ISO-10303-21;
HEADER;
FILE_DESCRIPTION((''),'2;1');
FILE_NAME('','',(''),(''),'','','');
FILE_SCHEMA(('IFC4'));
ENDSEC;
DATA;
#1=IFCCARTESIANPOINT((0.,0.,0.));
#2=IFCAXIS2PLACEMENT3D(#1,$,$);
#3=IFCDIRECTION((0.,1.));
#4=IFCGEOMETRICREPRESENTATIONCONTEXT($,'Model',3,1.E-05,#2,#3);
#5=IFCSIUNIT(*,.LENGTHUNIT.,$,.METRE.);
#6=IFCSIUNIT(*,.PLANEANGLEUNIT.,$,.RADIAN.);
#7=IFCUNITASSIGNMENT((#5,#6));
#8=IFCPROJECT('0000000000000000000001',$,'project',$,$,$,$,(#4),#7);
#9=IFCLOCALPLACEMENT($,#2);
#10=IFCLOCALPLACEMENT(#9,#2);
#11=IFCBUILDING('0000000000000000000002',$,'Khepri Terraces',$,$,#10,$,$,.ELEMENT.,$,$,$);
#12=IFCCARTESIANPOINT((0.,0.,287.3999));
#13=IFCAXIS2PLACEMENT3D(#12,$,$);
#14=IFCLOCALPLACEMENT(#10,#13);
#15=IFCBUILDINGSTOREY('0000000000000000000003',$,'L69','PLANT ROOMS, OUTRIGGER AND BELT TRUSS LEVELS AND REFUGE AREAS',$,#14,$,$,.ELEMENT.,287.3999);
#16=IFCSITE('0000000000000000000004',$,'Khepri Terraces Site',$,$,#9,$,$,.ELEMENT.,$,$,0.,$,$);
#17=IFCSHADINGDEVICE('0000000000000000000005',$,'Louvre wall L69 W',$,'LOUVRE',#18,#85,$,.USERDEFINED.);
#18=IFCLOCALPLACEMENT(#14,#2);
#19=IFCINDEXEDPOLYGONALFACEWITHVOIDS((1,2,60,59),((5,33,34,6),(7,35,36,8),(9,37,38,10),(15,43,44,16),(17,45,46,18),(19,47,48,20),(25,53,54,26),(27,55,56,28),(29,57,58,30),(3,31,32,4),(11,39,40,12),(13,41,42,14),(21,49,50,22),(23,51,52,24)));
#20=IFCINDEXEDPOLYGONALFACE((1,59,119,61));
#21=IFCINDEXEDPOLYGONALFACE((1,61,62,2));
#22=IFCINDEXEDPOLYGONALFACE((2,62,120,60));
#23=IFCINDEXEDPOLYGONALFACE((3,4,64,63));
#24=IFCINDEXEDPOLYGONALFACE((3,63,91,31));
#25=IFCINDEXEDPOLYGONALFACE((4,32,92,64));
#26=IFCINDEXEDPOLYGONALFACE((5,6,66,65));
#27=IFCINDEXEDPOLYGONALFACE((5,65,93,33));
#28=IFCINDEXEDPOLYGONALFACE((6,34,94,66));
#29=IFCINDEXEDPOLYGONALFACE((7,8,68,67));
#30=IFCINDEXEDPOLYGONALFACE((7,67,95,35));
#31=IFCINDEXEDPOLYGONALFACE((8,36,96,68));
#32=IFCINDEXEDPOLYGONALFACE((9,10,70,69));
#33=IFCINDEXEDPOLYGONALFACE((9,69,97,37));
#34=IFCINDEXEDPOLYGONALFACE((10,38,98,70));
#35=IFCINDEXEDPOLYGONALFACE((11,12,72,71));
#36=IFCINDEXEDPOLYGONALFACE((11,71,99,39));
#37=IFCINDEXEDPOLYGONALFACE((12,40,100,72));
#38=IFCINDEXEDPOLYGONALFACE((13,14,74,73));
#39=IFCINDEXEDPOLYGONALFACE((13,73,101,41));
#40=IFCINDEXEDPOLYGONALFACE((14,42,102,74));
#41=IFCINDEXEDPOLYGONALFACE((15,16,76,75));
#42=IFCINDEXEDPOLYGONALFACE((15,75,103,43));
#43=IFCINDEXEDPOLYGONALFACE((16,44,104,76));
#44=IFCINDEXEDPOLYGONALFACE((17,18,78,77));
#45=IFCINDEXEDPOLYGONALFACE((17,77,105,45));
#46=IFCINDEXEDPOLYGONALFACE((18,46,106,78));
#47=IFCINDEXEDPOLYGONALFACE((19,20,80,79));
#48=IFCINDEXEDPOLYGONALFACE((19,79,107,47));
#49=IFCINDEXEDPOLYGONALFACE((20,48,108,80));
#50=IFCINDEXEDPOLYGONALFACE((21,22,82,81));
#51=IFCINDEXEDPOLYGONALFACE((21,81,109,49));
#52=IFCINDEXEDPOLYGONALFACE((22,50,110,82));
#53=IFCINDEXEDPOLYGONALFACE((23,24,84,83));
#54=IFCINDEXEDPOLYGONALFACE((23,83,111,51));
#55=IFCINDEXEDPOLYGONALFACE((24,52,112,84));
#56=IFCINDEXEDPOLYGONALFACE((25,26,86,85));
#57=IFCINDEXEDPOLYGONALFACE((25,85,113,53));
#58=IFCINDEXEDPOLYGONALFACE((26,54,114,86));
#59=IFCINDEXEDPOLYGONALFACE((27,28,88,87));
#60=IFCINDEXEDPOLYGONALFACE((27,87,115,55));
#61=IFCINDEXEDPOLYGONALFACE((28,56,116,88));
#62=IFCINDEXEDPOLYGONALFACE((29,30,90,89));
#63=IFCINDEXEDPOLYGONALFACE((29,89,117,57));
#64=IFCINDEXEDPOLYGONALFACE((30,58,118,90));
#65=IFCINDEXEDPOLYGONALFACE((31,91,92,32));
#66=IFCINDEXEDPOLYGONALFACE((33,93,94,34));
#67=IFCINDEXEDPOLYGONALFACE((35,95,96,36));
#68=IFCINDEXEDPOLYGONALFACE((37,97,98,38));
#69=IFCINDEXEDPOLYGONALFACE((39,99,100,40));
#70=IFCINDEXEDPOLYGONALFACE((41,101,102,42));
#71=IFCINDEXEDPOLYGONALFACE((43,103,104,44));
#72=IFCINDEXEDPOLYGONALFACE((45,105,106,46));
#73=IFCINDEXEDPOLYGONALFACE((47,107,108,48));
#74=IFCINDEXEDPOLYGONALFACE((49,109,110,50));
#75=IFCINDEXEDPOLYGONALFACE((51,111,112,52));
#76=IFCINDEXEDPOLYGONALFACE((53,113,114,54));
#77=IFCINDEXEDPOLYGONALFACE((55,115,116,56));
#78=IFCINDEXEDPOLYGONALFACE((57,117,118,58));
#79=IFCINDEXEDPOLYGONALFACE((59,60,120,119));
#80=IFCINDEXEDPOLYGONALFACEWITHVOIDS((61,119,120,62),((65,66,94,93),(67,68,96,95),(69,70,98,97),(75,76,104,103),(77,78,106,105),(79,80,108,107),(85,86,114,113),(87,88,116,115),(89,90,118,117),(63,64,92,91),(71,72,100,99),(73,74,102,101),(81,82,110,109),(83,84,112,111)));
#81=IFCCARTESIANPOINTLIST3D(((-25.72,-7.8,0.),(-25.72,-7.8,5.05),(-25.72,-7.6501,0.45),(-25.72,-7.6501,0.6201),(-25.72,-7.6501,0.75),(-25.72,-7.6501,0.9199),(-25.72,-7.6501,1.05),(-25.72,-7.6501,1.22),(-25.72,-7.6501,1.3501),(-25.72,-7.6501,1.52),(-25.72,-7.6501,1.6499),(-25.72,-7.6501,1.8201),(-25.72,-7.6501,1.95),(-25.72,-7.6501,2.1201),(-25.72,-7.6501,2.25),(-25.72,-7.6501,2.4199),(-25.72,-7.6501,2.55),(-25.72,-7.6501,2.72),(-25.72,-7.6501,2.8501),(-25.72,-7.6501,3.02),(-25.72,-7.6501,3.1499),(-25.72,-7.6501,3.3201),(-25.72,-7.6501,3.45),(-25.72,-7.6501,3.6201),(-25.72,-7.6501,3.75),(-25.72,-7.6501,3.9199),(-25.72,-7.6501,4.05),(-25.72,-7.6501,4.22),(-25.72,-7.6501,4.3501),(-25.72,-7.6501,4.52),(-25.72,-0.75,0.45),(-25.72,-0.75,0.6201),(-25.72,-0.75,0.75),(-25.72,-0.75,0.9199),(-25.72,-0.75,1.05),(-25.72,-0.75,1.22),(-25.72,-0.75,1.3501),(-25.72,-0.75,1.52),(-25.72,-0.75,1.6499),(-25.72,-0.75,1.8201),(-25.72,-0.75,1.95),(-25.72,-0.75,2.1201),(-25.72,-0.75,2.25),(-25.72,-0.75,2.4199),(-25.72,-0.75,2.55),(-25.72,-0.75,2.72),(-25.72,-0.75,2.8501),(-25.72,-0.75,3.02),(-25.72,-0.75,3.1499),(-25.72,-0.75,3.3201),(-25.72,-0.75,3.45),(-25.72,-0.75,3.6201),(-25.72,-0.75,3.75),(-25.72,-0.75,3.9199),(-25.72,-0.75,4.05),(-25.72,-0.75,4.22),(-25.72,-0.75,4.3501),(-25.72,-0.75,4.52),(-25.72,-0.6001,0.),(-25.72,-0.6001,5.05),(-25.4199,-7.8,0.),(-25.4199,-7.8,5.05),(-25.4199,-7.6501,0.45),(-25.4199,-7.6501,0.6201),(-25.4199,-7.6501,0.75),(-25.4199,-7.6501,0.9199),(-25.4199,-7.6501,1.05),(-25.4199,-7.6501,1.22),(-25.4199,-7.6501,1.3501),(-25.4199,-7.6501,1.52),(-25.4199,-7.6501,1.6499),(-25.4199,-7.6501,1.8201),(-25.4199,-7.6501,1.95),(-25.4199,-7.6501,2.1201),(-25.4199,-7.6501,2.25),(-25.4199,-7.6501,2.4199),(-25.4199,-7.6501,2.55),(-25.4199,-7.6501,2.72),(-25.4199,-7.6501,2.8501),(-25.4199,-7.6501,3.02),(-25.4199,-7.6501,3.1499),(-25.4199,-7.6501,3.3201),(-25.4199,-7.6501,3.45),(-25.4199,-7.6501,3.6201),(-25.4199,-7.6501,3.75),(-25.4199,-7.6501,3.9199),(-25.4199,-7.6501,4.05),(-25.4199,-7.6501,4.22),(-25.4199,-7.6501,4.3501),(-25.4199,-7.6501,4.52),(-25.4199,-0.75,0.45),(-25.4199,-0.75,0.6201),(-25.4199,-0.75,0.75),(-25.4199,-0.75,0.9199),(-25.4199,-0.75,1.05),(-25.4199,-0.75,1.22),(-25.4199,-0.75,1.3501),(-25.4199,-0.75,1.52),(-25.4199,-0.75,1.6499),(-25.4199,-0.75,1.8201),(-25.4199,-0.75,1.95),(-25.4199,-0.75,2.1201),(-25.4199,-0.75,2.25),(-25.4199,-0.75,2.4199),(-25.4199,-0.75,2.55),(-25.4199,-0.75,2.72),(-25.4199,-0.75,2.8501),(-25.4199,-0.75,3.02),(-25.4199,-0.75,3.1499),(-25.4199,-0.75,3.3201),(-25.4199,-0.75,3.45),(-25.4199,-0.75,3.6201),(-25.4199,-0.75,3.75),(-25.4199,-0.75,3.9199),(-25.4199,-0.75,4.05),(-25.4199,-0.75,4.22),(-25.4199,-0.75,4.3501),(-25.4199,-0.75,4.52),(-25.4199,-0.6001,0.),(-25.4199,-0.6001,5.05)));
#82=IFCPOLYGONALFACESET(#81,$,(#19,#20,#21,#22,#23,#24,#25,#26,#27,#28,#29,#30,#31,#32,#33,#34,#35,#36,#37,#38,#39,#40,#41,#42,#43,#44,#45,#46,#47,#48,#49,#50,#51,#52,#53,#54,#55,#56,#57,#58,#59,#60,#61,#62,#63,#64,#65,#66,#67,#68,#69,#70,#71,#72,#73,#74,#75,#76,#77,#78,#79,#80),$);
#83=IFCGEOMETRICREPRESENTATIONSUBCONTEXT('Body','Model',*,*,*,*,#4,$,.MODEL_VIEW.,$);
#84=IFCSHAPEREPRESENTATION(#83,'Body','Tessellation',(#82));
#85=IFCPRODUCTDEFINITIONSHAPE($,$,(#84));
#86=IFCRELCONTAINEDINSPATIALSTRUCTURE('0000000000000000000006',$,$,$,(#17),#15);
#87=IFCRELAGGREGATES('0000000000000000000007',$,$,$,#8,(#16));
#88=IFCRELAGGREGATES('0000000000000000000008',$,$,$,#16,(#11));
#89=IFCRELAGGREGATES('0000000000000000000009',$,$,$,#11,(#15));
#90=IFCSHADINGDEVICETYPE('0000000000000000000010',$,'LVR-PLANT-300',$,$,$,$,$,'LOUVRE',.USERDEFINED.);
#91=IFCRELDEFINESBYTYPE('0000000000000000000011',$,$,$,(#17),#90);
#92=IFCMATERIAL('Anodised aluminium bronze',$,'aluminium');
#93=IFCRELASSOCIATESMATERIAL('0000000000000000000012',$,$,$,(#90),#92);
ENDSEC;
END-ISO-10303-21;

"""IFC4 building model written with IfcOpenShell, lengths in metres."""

from ifc_helpers import new_model, si_unit, direction, frame, origin, place, context, subcontext, project, spatial, polyline, outline, extrude, material, type_object, element, save


model = new_model("IFC4")

# Units and contexts
model_context = context("Model", 3, precision=1e-05, world=origin(), true_north=direction((0.0, 1.0)))
body_context = subcontext(model_context, "Body", "Model", "MODEL_VIEW")
ifc_project = project(units=[si_unit("LENGTHUNIT", "METRE"), si_unit("PLANEANGLEUNIT", "RADIAN")], contexts=[model_context])

# Site, building, storey
site_placement = place(None, origin())
site = spatial("IfcSite", under=ifc_project, at=site_placement, Name="Khepri Terraces Site", CompositionType="ELEMENT", RefElevation=0.0)
building_placement = place(site_placement, origin())
building = spatial("IfcBuilding", under=site, at=building_placement, Name="Khepri Terraces", CompositionType="ELEMENT")
storey_placement = place(building_placement, frame((0.0, 0.0, 287.3999)))
storey = spatial("IfcBuildingStorey", under=building, at=storey_placement, Name="L69", Description="PLANT ROOMS, OUTRIGGER AND BELT TRUSS LEVELS AND REFUGE AREAS", CompositionType="ELEMENT", Elevation=287.3999)

# Shading device
ifc_material_1 = material(Name="Anodised aluminium bronze", Category="aluminium")
shading_device_type = type_object("IfcShadingDeviceType", Name="LVR-PLANT-300", ElementType="LOUVRE", PredefinedType="USERDEFINED", material=ifc_material_1)
shading_device_1_placement = place(storey_placement, frame((-25.4199, -0.6001, 0.0), z_axis=(-1.0, 0.0, 0.0), x_axis=(0.0, -1.0, 0.0)))
element("IfcShadingDevice", 1, at=shading_device_1_placement, inside=storey, type_object=shading_device_type, Name="Louvre wall L69 W", ObjectType="LOUVRE", PredefinedType="USERDEFINED", context=body_context, shape_type="SweptSolid", body=[
    extrude(outline(polyline([(0.0, 0.0), (7.2, 0.0), (7.2, 5.05), (0.0, 5.05), (0.0, 0.0)]), holes=[polyline([(0.1499, 0.45), (7.05, 0.45), (7.05, 0.6201), (0.1499, 0.6201), (0.1499, 0.45)]), polyline([(0.1499, 0.75), (7.05, 0.75), (7.05, 0.9199), (0.1499, 0.9199), (0.1499, 0.75)]), polyline([(0.1499, 1.05), (7.05, 1.05), (7.05, 1.22), (0.1499, 1.22), (0.1499, 1.05)]), polyline([(0.1499, 1.3501), (7.05, 1.3501), (7.05, 1.52), (0.1499, 1.52), (0.1499, 1.3501)]), polyline([(0.1499, 1.6499), (7.05, 1.6499), (7.05, 1.8201), (0.1499, 1.8201), (0.1499, 1.6499)]), polyline([(0.1499, 1.95), (7.05, 1.95), (7.05, 2.1201), (0.1499, 2.1201), (0.1499, 1.95)]), polyline([(0.1499, 2.25), (7.05, 2.25), (7.05, 2.4199), (0.1499, 2.4199), (0.1499, 2.25)]), polyline([(0.1499, 2.55), (7.05, 2.55), (7.05, 2.72), (0.1499, 2.72), (0.1499, 2.55)]), polyline([(0.1499, 2.8501), (7.05, 2.8501), (7.05, 3.02), (0.1499, 3.02), (0.1499, 2.8501)]), polyline([(0.1499, 3.1499), (7.05, 3.1499), (7.05, 3.3201), (0.1499, 3.3201), (0.1499, 3.1499)]), polyline([(0.1499, 3.45), (7.05, 3.45), (7.05, 3.6201), (0.1499, 3.6201), (0.1499, 3.45)]), polyline([(0.1499, 3.75), (7.05, 3.75), (7.05, 3.9199), (0.1499, 3.9199), (0.1499, 3.75)]), polyline([(0.1499, 4.05), (7.05, 4.05), (7.05, 4.22), (0.1499, 4.22), (0.1499, 4.05)]), polyline([(0.1499, 4.3501), (7.05, 4.3501), (7.05, 4.52), (0.1499, 4.52), (0.1499, 4.3501)])]), origin(), (0.0, 0.0, 1.0), 0.3),
])

save(model, "model.ifc")
